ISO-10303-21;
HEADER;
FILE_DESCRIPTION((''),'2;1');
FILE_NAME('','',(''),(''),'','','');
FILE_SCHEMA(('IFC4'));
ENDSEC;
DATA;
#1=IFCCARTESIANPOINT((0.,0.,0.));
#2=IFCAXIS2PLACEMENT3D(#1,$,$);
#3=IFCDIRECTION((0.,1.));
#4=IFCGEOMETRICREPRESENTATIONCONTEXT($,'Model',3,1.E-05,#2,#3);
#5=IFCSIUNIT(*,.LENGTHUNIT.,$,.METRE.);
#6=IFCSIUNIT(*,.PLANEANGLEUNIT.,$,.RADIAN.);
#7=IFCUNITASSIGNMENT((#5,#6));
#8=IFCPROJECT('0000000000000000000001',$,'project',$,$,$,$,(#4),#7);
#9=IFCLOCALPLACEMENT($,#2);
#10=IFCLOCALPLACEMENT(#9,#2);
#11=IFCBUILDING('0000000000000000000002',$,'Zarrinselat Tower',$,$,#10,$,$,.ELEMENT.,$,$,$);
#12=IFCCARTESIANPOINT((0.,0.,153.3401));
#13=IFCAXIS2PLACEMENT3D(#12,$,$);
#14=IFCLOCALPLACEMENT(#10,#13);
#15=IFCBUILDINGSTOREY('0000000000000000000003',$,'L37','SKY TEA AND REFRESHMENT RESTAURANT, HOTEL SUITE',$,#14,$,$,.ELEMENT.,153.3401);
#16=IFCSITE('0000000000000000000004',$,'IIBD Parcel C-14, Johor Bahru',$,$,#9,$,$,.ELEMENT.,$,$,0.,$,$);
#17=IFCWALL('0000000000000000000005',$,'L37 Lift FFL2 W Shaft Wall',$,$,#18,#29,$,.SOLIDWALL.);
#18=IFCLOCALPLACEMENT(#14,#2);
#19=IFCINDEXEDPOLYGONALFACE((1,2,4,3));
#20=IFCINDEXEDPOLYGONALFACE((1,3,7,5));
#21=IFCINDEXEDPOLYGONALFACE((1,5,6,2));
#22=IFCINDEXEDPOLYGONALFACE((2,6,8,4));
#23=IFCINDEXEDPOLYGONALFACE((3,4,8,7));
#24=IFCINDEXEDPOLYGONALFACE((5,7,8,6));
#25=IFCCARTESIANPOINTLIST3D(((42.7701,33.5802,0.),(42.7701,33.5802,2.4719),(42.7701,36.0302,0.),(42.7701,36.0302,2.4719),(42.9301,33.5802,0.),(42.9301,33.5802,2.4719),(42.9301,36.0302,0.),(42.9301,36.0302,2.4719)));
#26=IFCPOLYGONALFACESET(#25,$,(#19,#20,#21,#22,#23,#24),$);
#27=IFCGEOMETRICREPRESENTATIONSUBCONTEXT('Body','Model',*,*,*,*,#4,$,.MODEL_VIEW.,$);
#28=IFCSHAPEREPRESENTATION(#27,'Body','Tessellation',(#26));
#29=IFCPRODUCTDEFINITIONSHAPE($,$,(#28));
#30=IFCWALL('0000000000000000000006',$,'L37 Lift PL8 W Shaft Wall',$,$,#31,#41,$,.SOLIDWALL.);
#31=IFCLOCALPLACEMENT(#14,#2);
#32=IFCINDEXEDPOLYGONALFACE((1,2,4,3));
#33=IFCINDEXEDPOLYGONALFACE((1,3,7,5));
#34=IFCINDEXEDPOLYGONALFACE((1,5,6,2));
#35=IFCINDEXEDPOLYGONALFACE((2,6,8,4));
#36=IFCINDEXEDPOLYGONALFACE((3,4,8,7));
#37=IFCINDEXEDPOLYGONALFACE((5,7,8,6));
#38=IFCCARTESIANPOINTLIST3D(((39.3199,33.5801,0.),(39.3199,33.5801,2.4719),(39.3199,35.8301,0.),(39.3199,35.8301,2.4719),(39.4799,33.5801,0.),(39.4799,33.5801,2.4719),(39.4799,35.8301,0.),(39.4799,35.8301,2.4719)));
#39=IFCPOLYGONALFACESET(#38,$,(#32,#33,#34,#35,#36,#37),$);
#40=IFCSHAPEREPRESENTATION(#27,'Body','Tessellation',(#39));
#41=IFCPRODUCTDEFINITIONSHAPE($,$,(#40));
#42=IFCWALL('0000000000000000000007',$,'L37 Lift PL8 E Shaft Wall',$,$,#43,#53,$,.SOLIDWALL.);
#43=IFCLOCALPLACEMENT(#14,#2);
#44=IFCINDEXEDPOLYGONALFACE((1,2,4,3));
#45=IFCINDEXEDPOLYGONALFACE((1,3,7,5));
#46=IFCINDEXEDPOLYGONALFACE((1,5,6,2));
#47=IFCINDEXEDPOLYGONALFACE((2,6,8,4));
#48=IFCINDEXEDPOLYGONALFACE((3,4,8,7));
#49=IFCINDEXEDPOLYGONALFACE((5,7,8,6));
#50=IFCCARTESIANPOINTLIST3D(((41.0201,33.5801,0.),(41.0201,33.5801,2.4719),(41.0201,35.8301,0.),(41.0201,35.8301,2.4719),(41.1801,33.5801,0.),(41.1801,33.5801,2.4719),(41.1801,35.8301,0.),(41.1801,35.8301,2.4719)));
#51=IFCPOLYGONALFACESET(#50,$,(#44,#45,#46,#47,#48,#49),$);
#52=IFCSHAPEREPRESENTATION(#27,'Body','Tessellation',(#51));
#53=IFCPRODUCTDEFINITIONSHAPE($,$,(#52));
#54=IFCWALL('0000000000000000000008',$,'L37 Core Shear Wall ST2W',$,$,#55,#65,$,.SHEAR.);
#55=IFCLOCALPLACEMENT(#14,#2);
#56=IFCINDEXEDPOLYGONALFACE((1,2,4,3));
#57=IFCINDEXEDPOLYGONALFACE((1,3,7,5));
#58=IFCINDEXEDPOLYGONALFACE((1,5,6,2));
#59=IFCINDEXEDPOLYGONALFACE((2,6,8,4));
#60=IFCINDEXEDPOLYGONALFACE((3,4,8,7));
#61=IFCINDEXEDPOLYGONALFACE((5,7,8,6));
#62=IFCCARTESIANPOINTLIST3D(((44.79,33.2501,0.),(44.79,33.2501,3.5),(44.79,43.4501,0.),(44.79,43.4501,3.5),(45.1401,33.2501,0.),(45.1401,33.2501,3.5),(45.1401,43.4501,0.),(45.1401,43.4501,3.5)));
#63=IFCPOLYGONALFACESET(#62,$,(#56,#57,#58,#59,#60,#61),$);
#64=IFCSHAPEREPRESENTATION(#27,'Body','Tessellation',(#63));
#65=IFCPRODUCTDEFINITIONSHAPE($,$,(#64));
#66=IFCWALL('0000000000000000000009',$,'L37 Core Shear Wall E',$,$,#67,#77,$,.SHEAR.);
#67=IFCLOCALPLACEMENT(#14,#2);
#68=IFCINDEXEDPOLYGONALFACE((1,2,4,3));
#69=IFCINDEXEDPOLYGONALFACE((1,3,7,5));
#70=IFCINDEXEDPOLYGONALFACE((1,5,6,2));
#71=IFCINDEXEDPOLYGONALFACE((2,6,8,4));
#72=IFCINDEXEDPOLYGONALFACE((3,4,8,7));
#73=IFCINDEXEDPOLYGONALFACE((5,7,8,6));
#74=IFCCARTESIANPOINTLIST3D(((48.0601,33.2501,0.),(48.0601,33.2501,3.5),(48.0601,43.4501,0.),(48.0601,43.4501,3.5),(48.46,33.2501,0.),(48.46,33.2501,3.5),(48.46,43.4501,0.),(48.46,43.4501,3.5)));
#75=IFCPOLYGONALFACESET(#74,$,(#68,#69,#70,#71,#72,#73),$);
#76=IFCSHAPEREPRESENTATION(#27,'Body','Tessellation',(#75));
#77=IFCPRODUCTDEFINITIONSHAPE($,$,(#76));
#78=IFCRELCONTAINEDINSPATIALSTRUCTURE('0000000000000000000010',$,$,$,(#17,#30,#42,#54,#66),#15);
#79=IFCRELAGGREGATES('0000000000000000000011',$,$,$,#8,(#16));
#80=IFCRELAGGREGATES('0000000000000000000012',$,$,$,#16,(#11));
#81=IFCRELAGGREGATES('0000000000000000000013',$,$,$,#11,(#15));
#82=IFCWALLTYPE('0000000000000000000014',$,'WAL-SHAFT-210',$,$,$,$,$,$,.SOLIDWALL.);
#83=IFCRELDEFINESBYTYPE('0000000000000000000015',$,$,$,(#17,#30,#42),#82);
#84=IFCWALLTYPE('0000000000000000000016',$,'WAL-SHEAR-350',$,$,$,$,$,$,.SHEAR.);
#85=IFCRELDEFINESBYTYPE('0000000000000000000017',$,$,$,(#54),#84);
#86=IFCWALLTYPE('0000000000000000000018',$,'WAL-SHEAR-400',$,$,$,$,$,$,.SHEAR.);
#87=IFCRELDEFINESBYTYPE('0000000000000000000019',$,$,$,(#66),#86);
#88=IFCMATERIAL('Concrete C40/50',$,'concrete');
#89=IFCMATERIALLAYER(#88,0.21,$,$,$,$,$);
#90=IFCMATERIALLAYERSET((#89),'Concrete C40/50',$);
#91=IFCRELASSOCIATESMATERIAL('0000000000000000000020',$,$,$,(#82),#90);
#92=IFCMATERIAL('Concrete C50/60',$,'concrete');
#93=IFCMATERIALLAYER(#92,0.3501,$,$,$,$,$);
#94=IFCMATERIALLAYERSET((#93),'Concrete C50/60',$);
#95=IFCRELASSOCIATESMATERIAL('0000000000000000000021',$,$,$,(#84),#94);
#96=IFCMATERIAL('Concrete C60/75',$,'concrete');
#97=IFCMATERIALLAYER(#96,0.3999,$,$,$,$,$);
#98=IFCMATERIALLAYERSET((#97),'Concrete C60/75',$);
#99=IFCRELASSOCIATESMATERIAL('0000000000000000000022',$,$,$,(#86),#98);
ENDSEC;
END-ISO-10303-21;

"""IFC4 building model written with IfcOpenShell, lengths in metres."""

from ifc_helpers import new_model, si_unit, direction, frame, frame_2d, origin, place, context, subcontext, project, spatial, rectangle, extrude, material, layer, layer_set, type_object, element, save


model = new_model("IFC4")

# Units and contexts
model_context = context("Model", 3, precision=1e-05, world=origin(), true_north=direction((0.0, 1.0)))
body_context = subcontext(model_context, "Body", "Model", "MODEL_VIEW")
ifc_project = project(units=[si_unit("LENGTHUNIT", "METRE"), si_unit("PLANEANGLEUNIT", "RADIAN")], contexts=[model_context])

# Site, building, storey
site_placement = place(None, origin())
site = spatial("IfcSite", under=ifc_project, at=site_placement, Name="IIBD Parcel C-14, Johor Bahru", CompositionType="ELEMENT", RefElevation=0.0)
building_placement = place(site_placement, origin())
building = spatial("IfcBuilding", under=site, at=building_placement, Name="Zarrinselat Tower", CompositionType="ELEMENT")
storey_placement = place(building_placement, frame((0.0, 0.0, 153.3401)))
storey = spatial("IfcBuildingStorey", under=building, at=storey_placement, Name="L37", Description="SKY TEA AND REFRESHMENT RESTAURANT, HOTEL SUITE", CompositionType="ELEMENT", Elevation=153.3401)

# Walls
ifc_material_1 = material(Name="Concrete C40/50", Category="concrete")
ifc_layer_1 = layer(ifc_material_1, 0.21)
ifc_layer_set_1 = layer_set([ifc_layer_1], Name="Concrete C40/50")
wall_type_1 = type_object("IfcWallType", Name="WAL-SHAFT-210", PredefinedType="SOLIDWALL", material=ifc_layer_set_1)
wall_1_placement = place(storey_placement, frame((42.8501, 33.5801, 0.0), z_axis=(0.0, 0.0, 1.0), x_axis=(0.0, 1.0, 0.0)))
element("IfcWall", 1, at=wall_1_placement, inside=storey, type_object=wall_type_1, Name="L37 Lift FFL2 W Shaft Wall", PredefinedType="SOLIDWALL", context=body_context, shape_type="SweptSolid", body=[
    extrude(rectangle(XDim=2.45, YDim=0.1599, at=frame_2d((1.2251, 0.0))), origin(), (0.0, 0.0, 1.0), 2.4719),
])
for number, where, z_axis, x_axis, name in (
    (2, (39.3999, 33.5801, 0.0), (0.0, 0.0, 1.0), (0.0, 1.0, 0.0), "L37 Lift PL8 W Shaft Wall"),
    (3, (41.1001, 33.5801, 0.0), (0.0, 0.0, 1.0), (0.0, 1.0, 0.0), "L37 Lift PL8 E Shaft Wall"),
):
    element("IfcWall", number, at=place(storey_placement, frame(where, z_axis=z_axis, x_axis=x_axis)), inside=storey, type_object=wall_type_1, Name=name, PredefinedType="SOLIDWALL", context=body_context, shape_type="SweptSolid", body=[
        extrude(rectangle(XDim=2.25, YDim=0.1599, at=frame_2d((1.125, 0.0))), origin(), (0.0, 0.0, 1.0), 2.4719),
    ])
ifc_material_2 = material(Name="Concrete C50/60", Category="concrete")
ifc_layer_2 = layer(ifc_material_2, 0.3501)
ifc_layer_set_2 = layer_set([ifc_layer_2], Name="Concrete C50/60")
wall_type_2 = type_object("IfcWallType", Name="WAL-SHEAR-350", PredefinedType="SHEAR", material=ifc_layer_set_2)
wall_2_placement = place(storey_placement, frame((44.9651, 33.25, 0.0), z_axis=(0.0, 0.0, 1.0), x_axis=(0.0, 1.0, 0.0)))
element("IfcWall", 4, at=wall_2_placement, inside=storey, type_object=wall_type_2, Name="L37 Core Shear Wall ST2W", PredefinedType="SHEAR", context=body_context, shape_type="SweptSolid", body=[
    extrude(rectangle(XDim=10.2, YDim=0.3501, at=frame_2d((5.1001, 0.0))), origin(), (0.0, 0.0, 1.0), 3.5),
])
ifc_material_3 = material(Name="Concrete C60/75", Category="concrete")
ifc_layer_3 = layer(ifc_material_3, 0.3999)
ifc_layer_set_3 = layer_set([ifc_layer_3], Name="Concrete C60/75")
wall_type_3 = type_object("IfcWallType", Name="WAL-SHEAR-400", PredefinedType="SHEAR", material=ifc_layer_set_3)
wall_3_placement = place(storey_placement, frame((48.26, 33.25, 0.0), z_axis=(0.0, 0.0, 1.0), x_axis=(0.0, 1.0, 0.0)))
element("IfcWall", 5, at=wall_3_placement, inside=storey, type_object=wall_type_3, Name="L37 Core Shear Wall E", PredefinedType="SHEAR", context=body_context, shape_type="SweptSolid", body=[
    extrude(rectangle(XDim=10.2, YDim=0.3999, at=frame_2d((5.1001, 0.0))), origin(), (0.0, 0.0, 1.0), 3.5),
])

save(model, "model.ifc")
